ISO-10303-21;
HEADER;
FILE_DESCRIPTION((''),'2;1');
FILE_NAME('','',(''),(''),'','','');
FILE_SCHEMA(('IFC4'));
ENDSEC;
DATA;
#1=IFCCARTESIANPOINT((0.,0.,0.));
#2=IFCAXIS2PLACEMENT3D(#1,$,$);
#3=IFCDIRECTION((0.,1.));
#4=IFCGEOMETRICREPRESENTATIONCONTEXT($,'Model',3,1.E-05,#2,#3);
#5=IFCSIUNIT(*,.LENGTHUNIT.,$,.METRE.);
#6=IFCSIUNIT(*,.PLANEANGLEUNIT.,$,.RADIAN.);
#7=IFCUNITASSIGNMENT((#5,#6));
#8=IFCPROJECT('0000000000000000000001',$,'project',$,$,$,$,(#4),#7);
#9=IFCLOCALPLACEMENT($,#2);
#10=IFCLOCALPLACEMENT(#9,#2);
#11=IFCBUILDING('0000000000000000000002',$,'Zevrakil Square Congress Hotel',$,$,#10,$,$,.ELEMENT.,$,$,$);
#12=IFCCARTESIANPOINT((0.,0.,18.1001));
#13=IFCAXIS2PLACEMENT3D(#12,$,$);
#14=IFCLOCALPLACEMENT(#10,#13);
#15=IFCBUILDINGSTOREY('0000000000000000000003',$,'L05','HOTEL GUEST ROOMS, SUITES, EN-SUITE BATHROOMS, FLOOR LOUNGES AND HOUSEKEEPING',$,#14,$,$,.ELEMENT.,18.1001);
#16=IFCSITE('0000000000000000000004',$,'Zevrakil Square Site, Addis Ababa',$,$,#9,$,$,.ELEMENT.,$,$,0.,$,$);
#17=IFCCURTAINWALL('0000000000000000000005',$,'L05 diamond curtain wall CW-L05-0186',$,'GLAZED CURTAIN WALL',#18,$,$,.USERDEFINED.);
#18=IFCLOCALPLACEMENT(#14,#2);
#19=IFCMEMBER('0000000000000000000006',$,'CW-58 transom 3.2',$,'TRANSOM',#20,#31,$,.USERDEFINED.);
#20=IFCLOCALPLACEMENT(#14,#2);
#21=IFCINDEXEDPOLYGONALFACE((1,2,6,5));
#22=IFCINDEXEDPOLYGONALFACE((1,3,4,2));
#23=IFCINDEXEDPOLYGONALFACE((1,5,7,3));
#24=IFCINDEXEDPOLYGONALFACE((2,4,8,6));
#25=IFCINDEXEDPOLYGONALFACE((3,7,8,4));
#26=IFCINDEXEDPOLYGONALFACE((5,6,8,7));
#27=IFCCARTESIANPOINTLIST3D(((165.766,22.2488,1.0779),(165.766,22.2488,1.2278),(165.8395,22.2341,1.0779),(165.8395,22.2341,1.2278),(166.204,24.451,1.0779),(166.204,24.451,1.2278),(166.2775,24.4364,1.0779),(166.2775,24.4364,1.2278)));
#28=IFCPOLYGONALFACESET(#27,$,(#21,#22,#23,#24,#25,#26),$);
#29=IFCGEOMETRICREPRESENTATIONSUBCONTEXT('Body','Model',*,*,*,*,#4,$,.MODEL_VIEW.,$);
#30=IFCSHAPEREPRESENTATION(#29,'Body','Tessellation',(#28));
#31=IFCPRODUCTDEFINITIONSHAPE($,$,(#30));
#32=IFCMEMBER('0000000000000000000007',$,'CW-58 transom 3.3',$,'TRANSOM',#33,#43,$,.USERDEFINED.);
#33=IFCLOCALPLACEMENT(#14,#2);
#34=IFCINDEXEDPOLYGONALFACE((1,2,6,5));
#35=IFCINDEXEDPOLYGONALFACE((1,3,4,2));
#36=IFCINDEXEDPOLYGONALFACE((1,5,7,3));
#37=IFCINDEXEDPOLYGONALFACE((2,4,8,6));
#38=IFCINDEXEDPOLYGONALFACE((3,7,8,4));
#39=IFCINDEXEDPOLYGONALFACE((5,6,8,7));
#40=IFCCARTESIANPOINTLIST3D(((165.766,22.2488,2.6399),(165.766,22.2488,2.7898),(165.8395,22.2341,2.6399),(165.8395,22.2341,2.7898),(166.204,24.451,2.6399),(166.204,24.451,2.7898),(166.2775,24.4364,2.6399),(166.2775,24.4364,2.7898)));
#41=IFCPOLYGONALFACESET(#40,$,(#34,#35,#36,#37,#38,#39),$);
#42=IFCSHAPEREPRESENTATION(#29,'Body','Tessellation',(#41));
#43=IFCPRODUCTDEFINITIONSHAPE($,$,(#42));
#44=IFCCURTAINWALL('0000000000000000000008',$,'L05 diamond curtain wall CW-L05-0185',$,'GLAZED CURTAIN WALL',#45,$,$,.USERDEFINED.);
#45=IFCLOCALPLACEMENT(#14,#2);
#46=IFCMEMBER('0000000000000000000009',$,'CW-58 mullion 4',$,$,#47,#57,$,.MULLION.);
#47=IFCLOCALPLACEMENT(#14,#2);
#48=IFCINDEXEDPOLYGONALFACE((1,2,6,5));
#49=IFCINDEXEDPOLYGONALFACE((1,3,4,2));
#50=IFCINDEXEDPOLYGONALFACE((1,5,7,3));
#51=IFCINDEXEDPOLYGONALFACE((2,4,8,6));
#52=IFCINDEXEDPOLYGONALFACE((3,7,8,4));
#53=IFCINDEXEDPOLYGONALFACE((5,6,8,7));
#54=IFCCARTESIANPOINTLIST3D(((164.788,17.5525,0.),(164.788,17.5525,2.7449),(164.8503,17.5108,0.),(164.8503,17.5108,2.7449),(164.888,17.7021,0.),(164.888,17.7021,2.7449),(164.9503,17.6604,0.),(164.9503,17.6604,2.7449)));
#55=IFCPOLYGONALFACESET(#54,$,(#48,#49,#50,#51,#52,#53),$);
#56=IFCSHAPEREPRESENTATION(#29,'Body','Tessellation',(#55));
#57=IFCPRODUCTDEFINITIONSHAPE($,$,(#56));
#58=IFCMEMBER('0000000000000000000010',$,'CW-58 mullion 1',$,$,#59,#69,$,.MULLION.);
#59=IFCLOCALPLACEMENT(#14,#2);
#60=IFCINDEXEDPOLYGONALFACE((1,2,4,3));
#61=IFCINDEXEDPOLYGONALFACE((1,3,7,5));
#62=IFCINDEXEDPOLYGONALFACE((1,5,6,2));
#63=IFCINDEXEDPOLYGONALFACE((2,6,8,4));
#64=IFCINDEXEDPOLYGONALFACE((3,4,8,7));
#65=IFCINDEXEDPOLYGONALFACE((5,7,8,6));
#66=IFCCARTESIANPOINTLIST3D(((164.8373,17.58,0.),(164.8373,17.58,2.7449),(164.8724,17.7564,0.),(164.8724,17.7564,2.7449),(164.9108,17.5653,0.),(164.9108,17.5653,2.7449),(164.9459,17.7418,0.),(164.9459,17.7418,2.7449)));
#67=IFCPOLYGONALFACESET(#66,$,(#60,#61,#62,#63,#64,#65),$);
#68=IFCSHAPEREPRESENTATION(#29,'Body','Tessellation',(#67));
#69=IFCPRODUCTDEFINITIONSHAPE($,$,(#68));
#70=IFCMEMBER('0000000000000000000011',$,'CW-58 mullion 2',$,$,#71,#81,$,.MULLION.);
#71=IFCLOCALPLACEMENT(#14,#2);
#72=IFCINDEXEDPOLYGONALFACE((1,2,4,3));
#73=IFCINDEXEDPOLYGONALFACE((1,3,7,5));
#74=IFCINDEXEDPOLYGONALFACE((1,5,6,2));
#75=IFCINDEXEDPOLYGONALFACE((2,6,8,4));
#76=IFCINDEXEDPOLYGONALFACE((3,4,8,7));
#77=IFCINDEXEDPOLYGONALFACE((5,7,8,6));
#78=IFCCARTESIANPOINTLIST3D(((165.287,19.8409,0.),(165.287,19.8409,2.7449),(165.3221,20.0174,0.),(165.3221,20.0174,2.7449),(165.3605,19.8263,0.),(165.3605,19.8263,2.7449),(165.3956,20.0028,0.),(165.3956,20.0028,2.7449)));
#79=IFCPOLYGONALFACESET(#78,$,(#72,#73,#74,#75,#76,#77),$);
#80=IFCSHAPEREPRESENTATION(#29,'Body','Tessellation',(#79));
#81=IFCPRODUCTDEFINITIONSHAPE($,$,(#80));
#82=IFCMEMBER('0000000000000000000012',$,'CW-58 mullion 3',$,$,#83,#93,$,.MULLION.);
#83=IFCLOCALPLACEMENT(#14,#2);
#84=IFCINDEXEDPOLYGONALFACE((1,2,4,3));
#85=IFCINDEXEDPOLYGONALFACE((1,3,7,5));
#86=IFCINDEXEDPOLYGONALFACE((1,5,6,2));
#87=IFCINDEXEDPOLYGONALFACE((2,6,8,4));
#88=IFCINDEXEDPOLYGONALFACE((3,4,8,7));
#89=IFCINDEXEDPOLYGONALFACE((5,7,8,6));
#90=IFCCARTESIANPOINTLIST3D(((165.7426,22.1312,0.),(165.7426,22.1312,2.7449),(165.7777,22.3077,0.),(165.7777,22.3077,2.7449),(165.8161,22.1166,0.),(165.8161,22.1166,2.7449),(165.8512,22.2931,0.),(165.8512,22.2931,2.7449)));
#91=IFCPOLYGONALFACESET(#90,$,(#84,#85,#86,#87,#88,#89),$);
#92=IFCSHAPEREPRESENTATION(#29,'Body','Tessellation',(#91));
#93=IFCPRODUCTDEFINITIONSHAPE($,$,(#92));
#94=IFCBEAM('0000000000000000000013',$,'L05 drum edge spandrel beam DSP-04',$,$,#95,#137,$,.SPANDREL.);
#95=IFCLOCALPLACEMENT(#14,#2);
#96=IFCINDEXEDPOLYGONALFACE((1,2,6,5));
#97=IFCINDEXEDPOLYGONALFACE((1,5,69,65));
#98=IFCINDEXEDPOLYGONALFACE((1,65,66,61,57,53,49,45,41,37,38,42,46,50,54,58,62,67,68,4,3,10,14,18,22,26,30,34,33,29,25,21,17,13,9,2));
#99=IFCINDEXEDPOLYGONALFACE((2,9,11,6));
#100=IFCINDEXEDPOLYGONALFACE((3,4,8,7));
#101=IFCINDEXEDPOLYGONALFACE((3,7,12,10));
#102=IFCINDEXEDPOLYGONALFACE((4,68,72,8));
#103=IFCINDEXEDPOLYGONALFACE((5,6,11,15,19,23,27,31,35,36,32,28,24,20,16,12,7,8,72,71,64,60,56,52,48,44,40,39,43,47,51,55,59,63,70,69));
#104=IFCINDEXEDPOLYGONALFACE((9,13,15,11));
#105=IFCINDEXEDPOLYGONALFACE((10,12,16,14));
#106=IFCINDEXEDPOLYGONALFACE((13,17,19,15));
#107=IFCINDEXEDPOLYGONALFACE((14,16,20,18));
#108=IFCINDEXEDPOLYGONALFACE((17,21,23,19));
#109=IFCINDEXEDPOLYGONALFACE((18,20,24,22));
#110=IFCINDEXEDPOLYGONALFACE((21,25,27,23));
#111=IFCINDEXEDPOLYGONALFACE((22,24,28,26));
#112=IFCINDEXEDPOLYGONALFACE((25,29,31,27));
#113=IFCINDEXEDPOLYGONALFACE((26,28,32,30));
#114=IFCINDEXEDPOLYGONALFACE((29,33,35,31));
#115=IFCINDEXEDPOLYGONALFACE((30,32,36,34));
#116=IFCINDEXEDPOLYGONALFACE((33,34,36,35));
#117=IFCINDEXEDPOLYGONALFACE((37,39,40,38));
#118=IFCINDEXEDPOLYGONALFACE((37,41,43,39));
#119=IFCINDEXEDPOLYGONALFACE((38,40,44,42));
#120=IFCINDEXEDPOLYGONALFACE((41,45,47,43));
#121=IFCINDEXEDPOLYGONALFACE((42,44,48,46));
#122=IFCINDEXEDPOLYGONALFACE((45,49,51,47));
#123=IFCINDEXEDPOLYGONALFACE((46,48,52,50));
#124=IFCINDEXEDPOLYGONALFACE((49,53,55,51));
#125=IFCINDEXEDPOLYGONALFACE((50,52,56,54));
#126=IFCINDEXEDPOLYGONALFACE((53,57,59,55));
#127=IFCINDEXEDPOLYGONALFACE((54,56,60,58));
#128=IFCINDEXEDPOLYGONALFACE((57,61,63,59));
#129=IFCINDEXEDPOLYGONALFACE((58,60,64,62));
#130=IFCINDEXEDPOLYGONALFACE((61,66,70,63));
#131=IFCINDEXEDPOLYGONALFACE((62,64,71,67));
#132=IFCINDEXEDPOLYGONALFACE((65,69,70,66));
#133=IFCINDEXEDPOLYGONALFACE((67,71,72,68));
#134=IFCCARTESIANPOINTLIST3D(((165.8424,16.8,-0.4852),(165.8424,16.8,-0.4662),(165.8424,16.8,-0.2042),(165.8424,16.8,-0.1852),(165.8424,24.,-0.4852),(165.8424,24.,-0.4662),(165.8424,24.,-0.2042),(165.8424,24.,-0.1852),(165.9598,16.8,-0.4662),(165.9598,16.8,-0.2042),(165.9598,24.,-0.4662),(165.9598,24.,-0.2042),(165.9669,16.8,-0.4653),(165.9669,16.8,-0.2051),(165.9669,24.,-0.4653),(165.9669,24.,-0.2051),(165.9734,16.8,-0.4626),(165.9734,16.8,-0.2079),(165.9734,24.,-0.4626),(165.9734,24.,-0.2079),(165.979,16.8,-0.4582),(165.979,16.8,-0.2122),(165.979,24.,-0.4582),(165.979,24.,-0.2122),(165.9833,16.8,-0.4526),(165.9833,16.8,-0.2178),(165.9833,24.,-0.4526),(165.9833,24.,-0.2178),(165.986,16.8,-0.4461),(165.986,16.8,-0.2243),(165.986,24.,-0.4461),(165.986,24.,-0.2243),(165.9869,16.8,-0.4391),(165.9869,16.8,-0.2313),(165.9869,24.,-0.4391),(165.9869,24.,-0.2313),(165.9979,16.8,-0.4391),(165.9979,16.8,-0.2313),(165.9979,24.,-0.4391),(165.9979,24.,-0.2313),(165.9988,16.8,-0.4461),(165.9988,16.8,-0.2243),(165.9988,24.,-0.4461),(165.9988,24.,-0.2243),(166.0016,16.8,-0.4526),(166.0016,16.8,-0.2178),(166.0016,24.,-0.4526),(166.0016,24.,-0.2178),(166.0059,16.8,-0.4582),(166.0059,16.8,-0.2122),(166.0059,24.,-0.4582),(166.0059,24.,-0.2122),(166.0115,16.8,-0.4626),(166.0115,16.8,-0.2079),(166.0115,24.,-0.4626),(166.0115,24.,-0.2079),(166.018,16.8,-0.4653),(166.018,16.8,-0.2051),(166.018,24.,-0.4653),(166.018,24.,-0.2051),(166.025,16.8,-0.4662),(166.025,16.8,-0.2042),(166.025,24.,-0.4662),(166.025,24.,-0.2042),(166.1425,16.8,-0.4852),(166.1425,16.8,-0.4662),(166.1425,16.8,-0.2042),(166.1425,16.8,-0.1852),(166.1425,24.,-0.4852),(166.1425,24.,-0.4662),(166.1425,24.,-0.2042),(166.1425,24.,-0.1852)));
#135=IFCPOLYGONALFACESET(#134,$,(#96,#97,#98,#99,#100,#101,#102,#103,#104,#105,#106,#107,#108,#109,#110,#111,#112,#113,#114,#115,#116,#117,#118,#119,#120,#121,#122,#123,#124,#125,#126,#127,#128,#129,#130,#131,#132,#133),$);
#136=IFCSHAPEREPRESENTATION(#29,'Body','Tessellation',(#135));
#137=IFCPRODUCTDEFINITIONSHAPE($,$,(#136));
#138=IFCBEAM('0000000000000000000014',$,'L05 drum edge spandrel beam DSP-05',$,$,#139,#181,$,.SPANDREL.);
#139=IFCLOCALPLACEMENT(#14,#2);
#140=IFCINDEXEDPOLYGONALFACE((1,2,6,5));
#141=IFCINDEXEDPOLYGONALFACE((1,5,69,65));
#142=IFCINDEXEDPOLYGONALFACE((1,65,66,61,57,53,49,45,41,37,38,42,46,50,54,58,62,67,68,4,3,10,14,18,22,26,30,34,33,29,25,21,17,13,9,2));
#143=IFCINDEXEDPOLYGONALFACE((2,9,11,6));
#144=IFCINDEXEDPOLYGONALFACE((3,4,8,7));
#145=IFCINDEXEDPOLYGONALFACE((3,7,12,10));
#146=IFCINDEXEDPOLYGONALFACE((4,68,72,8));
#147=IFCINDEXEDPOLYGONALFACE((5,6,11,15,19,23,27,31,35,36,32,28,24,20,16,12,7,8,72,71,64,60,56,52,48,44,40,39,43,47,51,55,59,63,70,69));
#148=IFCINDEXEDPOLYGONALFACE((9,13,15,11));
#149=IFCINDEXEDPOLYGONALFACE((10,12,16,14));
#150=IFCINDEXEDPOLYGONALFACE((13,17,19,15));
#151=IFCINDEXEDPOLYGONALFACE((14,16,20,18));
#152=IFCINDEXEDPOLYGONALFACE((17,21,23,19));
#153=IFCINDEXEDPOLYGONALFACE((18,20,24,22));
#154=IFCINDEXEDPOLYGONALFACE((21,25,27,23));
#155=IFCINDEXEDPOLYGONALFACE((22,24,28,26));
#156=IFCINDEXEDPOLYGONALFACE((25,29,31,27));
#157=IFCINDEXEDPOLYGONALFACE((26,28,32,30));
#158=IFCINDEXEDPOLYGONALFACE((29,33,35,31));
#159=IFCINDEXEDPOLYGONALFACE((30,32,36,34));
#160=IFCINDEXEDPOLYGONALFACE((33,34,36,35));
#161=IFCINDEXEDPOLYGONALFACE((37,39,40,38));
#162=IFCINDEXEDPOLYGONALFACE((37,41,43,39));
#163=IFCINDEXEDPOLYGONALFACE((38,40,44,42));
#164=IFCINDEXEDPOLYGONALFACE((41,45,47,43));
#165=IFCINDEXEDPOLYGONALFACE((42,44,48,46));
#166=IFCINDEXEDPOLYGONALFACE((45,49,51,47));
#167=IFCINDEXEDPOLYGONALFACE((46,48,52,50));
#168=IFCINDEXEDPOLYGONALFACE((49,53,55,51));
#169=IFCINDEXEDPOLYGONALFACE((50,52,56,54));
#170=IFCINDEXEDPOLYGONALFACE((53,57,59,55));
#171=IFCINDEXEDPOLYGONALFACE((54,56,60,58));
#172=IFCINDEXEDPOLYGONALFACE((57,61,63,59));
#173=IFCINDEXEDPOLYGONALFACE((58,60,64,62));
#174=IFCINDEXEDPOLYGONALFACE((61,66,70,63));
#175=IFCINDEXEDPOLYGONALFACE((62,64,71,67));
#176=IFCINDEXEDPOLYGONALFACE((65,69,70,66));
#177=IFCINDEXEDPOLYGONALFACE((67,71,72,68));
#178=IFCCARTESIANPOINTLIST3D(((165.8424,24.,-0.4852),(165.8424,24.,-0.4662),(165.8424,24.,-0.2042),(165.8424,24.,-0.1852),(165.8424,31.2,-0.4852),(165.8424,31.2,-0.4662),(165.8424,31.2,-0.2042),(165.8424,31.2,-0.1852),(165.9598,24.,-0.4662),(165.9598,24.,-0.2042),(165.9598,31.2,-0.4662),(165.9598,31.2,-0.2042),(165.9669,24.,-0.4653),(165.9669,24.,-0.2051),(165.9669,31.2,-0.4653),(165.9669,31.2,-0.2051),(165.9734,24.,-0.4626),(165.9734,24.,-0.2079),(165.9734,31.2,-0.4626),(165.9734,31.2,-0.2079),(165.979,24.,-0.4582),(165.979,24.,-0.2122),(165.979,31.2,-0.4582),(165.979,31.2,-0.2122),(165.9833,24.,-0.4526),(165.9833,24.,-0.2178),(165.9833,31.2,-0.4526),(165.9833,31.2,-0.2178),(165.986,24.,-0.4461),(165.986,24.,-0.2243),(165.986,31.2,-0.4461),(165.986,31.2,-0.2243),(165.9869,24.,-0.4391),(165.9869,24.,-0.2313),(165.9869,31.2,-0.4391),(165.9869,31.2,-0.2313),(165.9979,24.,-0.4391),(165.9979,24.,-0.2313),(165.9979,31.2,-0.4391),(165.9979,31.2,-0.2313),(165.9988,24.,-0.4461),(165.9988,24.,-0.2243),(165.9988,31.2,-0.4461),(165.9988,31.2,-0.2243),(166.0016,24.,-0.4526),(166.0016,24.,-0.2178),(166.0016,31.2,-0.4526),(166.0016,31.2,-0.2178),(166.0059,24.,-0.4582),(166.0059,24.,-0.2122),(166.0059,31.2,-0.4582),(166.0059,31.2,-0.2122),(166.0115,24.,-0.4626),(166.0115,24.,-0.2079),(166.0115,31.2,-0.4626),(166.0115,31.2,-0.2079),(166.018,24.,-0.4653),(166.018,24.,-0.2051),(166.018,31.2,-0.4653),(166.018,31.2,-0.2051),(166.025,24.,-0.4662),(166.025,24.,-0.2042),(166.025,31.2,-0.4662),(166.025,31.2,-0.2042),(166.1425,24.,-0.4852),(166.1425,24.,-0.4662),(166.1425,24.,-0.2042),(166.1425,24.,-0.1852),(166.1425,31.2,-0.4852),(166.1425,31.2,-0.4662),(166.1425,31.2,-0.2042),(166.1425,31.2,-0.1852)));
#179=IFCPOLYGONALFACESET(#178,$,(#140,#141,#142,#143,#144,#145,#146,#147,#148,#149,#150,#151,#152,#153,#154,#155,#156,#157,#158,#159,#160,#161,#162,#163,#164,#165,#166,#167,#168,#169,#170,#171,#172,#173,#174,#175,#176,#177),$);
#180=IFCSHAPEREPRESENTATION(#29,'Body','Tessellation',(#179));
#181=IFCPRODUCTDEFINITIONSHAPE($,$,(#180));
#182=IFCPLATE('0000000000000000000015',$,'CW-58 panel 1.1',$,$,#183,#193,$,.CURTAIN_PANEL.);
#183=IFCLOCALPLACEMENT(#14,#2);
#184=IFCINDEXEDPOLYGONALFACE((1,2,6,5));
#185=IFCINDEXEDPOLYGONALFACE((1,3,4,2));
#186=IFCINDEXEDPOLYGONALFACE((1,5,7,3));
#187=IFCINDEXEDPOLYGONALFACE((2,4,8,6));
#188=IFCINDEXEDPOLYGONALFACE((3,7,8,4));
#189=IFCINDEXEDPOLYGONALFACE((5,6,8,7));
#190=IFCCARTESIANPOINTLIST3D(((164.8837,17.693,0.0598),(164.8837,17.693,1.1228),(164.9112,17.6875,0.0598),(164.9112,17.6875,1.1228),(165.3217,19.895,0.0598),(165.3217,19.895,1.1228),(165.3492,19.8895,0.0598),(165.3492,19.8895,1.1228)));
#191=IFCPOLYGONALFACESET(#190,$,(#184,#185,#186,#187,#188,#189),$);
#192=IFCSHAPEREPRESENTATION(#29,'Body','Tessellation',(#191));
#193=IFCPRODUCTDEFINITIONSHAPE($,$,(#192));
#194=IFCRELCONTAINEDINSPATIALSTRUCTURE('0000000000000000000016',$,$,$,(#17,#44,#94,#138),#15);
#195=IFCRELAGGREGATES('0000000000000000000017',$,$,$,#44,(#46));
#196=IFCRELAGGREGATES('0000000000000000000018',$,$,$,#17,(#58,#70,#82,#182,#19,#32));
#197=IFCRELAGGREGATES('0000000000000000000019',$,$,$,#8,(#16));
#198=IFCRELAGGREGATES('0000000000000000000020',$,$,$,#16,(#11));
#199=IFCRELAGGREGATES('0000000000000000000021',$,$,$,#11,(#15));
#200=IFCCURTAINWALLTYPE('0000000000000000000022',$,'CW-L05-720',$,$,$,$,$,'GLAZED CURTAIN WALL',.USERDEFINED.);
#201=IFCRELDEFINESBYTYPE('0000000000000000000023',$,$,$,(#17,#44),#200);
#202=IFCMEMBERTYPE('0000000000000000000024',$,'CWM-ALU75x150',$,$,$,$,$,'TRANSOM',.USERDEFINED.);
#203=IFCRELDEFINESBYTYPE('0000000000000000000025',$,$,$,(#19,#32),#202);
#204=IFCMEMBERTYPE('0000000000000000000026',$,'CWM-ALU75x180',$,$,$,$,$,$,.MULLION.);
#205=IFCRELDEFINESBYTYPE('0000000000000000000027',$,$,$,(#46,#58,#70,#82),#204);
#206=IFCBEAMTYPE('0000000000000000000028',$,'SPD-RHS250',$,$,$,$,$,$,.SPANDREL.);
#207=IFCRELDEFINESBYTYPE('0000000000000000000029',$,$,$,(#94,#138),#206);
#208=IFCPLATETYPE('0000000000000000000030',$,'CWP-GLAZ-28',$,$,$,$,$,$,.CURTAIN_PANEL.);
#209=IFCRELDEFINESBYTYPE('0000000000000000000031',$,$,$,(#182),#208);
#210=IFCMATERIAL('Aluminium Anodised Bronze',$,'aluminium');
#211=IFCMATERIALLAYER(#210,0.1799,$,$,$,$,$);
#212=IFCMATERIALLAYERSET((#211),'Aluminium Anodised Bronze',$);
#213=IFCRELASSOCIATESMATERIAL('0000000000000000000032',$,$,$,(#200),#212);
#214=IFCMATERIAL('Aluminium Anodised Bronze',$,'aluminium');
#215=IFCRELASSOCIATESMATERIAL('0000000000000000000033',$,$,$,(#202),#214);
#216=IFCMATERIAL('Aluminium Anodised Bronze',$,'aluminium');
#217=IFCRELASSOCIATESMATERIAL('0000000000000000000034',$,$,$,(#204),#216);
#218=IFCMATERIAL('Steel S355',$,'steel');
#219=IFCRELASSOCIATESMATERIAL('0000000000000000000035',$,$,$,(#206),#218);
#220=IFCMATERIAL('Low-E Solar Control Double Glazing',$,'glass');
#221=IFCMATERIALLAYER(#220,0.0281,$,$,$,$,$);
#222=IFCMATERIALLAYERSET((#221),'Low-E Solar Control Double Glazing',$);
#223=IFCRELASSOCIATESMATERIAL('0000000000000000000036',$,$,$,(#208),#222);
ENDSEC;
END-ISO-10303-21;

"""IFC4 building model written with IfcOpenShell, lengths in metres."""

from ifc_helpers import new_model, si_unit, direction, frame, origin, origin_2d, place, context, subcontext, project, spatial, rectangle, i_section, extrude, material, layer, layer_set, material_profile, profile_set, type_object, element, aggregate, save


model = new_model("IFC4")

# Units and contexts
model_context = context("Model", 3, precision=1e-05, world=origin(), true_north=direction((0.0, 1.0)))
body_context = subcontext(model_context, "Body", "Model", "MODEL_VIEW")
ifc_project = project(units=[si_unit("LENGTHUNIT", "METRE"), si_unit("PLANEANGLEUNIT", "RADIAN")], contexts=[model_context])

# Site, building, storey
site_placement = place(None, origin())
site = spatial("IfcSite", under=ifc_project, at=site_placement, Name="Zevrakil Square Site, Addis Ababa", CompositionType="ELEMENT", RefElevation=0.0)
building_placement = place(site_placement, origin())
building = spatial("IfcBuilding", under=site, at=building_placement, Name="Zevrakil Square Congress Hotel", CompositionType="ELEMENT")
storey_placement = place(building_placement, frame((0.0, 0.0, 18.1001)))
storey = spatial("IfcBuildingStorey", under=building, at=storey_placement, Name="L05", Description="HOTEL GUEST ROOMS, SUITES, EN-SUITE BATHROOMS, FLOOR LOUNGES AND HOUSEKEEPING", CompositionType="ELEMENT", Elevation=18.1001)

# Curtain wall, members
ifc_material_1 = material(Name="Aluminium Anodised Bronze", Category="aluminium")
ifc_layer_1 = layer(ifc_material_1, 0.1799)
ifc_layer_set_1 = layer_set([ifc_layer_1], Name="Aluminium Anodised Bronze")
curtain_wall_type = type_object("IfcCurtainWallType", Name="CW-L05-720", ElementType="GLAZED CURTAIN WALL", PredefinedType="USERDEFINED", material=ifc_layer_set_1)
curtain_wall_1_placement = place(storey_placement, origin())
curtain_wall_1 = element("IfcCurtainWall", 1, at=curtain_wall_1_placement, inside=storey, type_object=curtain_wall_type, Name="L05 diamond curtain wall CW-L05-0186", ObjectType="GLAZED CURTAIN WALL", PredefinedType="USERDEFINED")
ifc_material_2 = material(Name="Aluminium Anodised Bronze", Category="aluminium")
ifc_material_profile_1 = material_profile(ifc_material_2, rectangle(XDim=0.075, YDim=0.1499, at=origin_2d()), Name="ALU 75x150")
ifc_profile_set_1 = profile_set([ifc_material_profile_1], Name="Aluminium Anodised Bronze")
member_type_1 = type_object("IfcMemberType", Name="CWM-ALU75x150", ElementType="TRANSOM", PredefinedType="USERDEFINED", material=ifc_profile_set_1)
member_1_placement = place(storey_placement, frame((165.8027, 22.2415, 1.1528), z_axis=(0.19507, 0.980789, 0.0), x_axis=(-0.980789, 0.19507, 0.0)))
member_1 = element("IfcMember", 2, at=member_1_placement, type_object=member_type_1, Name="CW-58 transom 3.2", ObjectType="TRANSOM", PredefinedType="USERDEFINED", context=body_context, shape_type="SweptSolid", body=[
    extrude(rectangle(XDim=0.075, YDim=0.1499, at=origin_2d()), origin(), (0.0, 0.0, 1.0), 2.2454),
])
member_2_placement = place(storey_placement, frame((165.8027, 22.2415, 2.7148), z_axis=(0.19507, 0.980789, 0.0), x_axis=(-0.980789, 0.19507, 0.0)))
member_2 = element("IfcMember", 3, at=member_2_placement, type_object=member_type_1, Name="CW-58 transom 3.3", ObjectType="TRANSOM", PredefinedType="USERDEFINED", context=body_context, shape_type="SweptSolid", body=[
    extrude(rectangle(XDim=0.075, YDim=0.1499, at=origin_2d()), origin(), (0.0, 0.0, 1.0), 2.2454),
])

# Curtain wall, member
curtain_wall_2_placement = place(storey_placement, origin())
curtain_wall_2 = element("IfcCurtainWall", 4, at=curtain_wall_2_placement, inside=storey, type_object=curtain_wall_type, Name="L05 diamond curtain wall CW-L05-0185", ObjectType="GLAZED CURTAIN WALL", PredefinedType="USERDEFINED")
ifc_material_3 = material(Name="Aluminium Anodised Bronze", Category="aluminium")
ifc_material_profile_2 = material_profile(ifc_material_3, rectangle(XDim=0.075, YDim=0.1799, at=origin_2d()), Name="ALU 75x180")
ifc_profile_set_2 = profile_set([ifc_material_profile_2], Name="Aluminium Anodised Bronze")
member_type_2 = type_object("IfcMemberType", Name="CWM-ALU75x180", PredefinedType="MULLION", material=ifc_profile_set_2)
member_3_placement = place(storey_placement, frame((164.8691, 17.6064, 0.0), z_axis=(0.0, 0.0, 1.0), x_axis=(-0.831466, 0.555576, 0.0)))
member_3 = element("IfcMember", 5, at=member_3_placement, type_object=member_type_2, Name="CW-58 mullion 4", PredefinedType="MULLION", context=body_context, shape_type="SweptSolid", body=[
    extrude(rectangle(XDim=0.075, YDim=0.1799, at=origin_2d()), origin(), (0.0, 0.0, 1.0), 2.7449),
])
aggregate(curtain_wall_2, [member_3])

# Members
member_4_placement = place(storey_placement, frame((164.8916, 17.6609, 0.0), z_axis=(0.0, 0.0, 1.0), x_axis=(-0.980787, 0.195084, 0.0)))
member_4 = element("IfcMember", 6, at=member_4_placement, type_object=member_type_2, Name="CW-58 mullion 1", PredefinedType="MULLION", context=body_context, shape_type="SweptSolid", body=[
    extrude(rectangle(XDim=0.075, YDim=0.1799, at=origin_2d()), origin(), (0.0, 0.0, 1.0), 2.7449),
])
member_5_placement = place(storey_placement, frame((165.3413, 19.9219, 0.0), z_axis=(0.0, 0.0, 1.0), x_axis=(-0.980787, 0.195084, 0.0)))
member_5 = element("IfcMember", 7, at=member_5_placement, type_object=member_type_2, Name="CW-58 mullion 2", PredefinedType="MULLION", context=body_context, shape_type="SweptSolid", body=[
    extrude(rectangle(XDim=0.075, YDim=0.1799, at=origin_2d()), origin(), (0.0, 0.0, 1.0), 2.7449),
])
member_6_placement = place(storey_placement, frame((165.7969, 22.2122, 0.0), z_axis=(0.0, 0.0, 1.0), x_axis=(-0.980787, 0.195084, 0.0)))
member_6 = element("IfcMember", 8, at=member_6_placement, type_object=member_type_2, Name="CW-58 mullion 3", PredefinedType="MULLION", context=body_context, shape_type="SweptSolid", body=[
    extrude(rectangle(XDim=0.075, YDim=0.1799, at=origin_2d()), origin(), (0.0, 0.0, 1.0), 2.7449),
])

# Beams
ifc_material_4 = material(Name="Steel S355", Category="steel")
ifc_material_profile_3 = material_profile(ifc_material_4, i_section(OverallWidth=0.3, OverallDepth=0.3, WebThickness=0.011, FlangeThickness=0.019, FilletRadius=0.0271, at=origin_2d()), Name="HEB 300")
ifc_profile_set_3 = profile_set([ifc_material_profile_3], Name="Steel S355")
beam_type_1 = type_object("IfcBeamType", Name="SPD-RHS250", PredefinedType="SPANDREL", material=ifc_profile_set_3)
for number, where, z_axis, x_axis, name in (
    (9, (165.9924, 16.8, -0.3352), (0.0, 1.0, 0.0), (-1.0, 0.0, 0.0), "L05 drum edge spandrel beam DSP-04"),
    (10, (165.9924, 24.0, -0.3352), (0.0, 1.0, 0.0), (-1.0, 0.0, 0.0), "L05 drum edge spandrel beam DSP-05"),
):
    element("IfcBeam", number, at=place(storey_placement, frame(where, z_axis=z_axis, x_axis=x_axis)), inside=storey, type_object=beam_type_1, Name=name, PredefinedType="SPANDREL", context=body_context, shape_type="SweptSolid", body=[
        extrude(i_section(OverallWidth=0.3, OverallDepth=0.3, WebThickness=0.011, FlangeThickness=0.019, FilletRadius=0.0271, at=origin_2d()), origin(), (0.0, 0.0, 1.0), 7.2),
    ])

# Plate
ifc_material_5 = material(Name="Low-E Solar Control Double Glazing", Category="glass")
ifc_layer_2 = layer(ifc_material_5, 0.0281)
ifc_layer_set_2 = layer_set([ifc_layer_2], Name="Low-E Solar Control Double Glazing")
plate_type_1 = type_object("IfcPlateType", Name="CWP-GLAZ-28", PredefinedType="CURTAIN_PANEL", material=ifc_layer_set_2)
plate_1_placement = place(storey_placement, frame((165.1165, 18.7913, 0.0598), z_axis=(0.0, 0.0, 1.0), x_axis=(0.195084, 0.980787, 0.0)))
plate_1 = element("IfcPlate", 11, at=plate_1_placement, type_object=plate_type_1, Name="CW-58 panel 1.1", PredefinedType="CURTAIN_PANEL", context=body_context, shape_type="SweptSolid", body=[
    extrude(rectangle(XDim=2.2451, YDim=0.0281, at=origin_2d()), origin(), (0.0, 0.0, 1.0), 1.063),
])
aggregate(curtain_wall_1, [member_4, member_5, member_6, plate_1, member_1, member_2])

save(model, "model.ifc")
